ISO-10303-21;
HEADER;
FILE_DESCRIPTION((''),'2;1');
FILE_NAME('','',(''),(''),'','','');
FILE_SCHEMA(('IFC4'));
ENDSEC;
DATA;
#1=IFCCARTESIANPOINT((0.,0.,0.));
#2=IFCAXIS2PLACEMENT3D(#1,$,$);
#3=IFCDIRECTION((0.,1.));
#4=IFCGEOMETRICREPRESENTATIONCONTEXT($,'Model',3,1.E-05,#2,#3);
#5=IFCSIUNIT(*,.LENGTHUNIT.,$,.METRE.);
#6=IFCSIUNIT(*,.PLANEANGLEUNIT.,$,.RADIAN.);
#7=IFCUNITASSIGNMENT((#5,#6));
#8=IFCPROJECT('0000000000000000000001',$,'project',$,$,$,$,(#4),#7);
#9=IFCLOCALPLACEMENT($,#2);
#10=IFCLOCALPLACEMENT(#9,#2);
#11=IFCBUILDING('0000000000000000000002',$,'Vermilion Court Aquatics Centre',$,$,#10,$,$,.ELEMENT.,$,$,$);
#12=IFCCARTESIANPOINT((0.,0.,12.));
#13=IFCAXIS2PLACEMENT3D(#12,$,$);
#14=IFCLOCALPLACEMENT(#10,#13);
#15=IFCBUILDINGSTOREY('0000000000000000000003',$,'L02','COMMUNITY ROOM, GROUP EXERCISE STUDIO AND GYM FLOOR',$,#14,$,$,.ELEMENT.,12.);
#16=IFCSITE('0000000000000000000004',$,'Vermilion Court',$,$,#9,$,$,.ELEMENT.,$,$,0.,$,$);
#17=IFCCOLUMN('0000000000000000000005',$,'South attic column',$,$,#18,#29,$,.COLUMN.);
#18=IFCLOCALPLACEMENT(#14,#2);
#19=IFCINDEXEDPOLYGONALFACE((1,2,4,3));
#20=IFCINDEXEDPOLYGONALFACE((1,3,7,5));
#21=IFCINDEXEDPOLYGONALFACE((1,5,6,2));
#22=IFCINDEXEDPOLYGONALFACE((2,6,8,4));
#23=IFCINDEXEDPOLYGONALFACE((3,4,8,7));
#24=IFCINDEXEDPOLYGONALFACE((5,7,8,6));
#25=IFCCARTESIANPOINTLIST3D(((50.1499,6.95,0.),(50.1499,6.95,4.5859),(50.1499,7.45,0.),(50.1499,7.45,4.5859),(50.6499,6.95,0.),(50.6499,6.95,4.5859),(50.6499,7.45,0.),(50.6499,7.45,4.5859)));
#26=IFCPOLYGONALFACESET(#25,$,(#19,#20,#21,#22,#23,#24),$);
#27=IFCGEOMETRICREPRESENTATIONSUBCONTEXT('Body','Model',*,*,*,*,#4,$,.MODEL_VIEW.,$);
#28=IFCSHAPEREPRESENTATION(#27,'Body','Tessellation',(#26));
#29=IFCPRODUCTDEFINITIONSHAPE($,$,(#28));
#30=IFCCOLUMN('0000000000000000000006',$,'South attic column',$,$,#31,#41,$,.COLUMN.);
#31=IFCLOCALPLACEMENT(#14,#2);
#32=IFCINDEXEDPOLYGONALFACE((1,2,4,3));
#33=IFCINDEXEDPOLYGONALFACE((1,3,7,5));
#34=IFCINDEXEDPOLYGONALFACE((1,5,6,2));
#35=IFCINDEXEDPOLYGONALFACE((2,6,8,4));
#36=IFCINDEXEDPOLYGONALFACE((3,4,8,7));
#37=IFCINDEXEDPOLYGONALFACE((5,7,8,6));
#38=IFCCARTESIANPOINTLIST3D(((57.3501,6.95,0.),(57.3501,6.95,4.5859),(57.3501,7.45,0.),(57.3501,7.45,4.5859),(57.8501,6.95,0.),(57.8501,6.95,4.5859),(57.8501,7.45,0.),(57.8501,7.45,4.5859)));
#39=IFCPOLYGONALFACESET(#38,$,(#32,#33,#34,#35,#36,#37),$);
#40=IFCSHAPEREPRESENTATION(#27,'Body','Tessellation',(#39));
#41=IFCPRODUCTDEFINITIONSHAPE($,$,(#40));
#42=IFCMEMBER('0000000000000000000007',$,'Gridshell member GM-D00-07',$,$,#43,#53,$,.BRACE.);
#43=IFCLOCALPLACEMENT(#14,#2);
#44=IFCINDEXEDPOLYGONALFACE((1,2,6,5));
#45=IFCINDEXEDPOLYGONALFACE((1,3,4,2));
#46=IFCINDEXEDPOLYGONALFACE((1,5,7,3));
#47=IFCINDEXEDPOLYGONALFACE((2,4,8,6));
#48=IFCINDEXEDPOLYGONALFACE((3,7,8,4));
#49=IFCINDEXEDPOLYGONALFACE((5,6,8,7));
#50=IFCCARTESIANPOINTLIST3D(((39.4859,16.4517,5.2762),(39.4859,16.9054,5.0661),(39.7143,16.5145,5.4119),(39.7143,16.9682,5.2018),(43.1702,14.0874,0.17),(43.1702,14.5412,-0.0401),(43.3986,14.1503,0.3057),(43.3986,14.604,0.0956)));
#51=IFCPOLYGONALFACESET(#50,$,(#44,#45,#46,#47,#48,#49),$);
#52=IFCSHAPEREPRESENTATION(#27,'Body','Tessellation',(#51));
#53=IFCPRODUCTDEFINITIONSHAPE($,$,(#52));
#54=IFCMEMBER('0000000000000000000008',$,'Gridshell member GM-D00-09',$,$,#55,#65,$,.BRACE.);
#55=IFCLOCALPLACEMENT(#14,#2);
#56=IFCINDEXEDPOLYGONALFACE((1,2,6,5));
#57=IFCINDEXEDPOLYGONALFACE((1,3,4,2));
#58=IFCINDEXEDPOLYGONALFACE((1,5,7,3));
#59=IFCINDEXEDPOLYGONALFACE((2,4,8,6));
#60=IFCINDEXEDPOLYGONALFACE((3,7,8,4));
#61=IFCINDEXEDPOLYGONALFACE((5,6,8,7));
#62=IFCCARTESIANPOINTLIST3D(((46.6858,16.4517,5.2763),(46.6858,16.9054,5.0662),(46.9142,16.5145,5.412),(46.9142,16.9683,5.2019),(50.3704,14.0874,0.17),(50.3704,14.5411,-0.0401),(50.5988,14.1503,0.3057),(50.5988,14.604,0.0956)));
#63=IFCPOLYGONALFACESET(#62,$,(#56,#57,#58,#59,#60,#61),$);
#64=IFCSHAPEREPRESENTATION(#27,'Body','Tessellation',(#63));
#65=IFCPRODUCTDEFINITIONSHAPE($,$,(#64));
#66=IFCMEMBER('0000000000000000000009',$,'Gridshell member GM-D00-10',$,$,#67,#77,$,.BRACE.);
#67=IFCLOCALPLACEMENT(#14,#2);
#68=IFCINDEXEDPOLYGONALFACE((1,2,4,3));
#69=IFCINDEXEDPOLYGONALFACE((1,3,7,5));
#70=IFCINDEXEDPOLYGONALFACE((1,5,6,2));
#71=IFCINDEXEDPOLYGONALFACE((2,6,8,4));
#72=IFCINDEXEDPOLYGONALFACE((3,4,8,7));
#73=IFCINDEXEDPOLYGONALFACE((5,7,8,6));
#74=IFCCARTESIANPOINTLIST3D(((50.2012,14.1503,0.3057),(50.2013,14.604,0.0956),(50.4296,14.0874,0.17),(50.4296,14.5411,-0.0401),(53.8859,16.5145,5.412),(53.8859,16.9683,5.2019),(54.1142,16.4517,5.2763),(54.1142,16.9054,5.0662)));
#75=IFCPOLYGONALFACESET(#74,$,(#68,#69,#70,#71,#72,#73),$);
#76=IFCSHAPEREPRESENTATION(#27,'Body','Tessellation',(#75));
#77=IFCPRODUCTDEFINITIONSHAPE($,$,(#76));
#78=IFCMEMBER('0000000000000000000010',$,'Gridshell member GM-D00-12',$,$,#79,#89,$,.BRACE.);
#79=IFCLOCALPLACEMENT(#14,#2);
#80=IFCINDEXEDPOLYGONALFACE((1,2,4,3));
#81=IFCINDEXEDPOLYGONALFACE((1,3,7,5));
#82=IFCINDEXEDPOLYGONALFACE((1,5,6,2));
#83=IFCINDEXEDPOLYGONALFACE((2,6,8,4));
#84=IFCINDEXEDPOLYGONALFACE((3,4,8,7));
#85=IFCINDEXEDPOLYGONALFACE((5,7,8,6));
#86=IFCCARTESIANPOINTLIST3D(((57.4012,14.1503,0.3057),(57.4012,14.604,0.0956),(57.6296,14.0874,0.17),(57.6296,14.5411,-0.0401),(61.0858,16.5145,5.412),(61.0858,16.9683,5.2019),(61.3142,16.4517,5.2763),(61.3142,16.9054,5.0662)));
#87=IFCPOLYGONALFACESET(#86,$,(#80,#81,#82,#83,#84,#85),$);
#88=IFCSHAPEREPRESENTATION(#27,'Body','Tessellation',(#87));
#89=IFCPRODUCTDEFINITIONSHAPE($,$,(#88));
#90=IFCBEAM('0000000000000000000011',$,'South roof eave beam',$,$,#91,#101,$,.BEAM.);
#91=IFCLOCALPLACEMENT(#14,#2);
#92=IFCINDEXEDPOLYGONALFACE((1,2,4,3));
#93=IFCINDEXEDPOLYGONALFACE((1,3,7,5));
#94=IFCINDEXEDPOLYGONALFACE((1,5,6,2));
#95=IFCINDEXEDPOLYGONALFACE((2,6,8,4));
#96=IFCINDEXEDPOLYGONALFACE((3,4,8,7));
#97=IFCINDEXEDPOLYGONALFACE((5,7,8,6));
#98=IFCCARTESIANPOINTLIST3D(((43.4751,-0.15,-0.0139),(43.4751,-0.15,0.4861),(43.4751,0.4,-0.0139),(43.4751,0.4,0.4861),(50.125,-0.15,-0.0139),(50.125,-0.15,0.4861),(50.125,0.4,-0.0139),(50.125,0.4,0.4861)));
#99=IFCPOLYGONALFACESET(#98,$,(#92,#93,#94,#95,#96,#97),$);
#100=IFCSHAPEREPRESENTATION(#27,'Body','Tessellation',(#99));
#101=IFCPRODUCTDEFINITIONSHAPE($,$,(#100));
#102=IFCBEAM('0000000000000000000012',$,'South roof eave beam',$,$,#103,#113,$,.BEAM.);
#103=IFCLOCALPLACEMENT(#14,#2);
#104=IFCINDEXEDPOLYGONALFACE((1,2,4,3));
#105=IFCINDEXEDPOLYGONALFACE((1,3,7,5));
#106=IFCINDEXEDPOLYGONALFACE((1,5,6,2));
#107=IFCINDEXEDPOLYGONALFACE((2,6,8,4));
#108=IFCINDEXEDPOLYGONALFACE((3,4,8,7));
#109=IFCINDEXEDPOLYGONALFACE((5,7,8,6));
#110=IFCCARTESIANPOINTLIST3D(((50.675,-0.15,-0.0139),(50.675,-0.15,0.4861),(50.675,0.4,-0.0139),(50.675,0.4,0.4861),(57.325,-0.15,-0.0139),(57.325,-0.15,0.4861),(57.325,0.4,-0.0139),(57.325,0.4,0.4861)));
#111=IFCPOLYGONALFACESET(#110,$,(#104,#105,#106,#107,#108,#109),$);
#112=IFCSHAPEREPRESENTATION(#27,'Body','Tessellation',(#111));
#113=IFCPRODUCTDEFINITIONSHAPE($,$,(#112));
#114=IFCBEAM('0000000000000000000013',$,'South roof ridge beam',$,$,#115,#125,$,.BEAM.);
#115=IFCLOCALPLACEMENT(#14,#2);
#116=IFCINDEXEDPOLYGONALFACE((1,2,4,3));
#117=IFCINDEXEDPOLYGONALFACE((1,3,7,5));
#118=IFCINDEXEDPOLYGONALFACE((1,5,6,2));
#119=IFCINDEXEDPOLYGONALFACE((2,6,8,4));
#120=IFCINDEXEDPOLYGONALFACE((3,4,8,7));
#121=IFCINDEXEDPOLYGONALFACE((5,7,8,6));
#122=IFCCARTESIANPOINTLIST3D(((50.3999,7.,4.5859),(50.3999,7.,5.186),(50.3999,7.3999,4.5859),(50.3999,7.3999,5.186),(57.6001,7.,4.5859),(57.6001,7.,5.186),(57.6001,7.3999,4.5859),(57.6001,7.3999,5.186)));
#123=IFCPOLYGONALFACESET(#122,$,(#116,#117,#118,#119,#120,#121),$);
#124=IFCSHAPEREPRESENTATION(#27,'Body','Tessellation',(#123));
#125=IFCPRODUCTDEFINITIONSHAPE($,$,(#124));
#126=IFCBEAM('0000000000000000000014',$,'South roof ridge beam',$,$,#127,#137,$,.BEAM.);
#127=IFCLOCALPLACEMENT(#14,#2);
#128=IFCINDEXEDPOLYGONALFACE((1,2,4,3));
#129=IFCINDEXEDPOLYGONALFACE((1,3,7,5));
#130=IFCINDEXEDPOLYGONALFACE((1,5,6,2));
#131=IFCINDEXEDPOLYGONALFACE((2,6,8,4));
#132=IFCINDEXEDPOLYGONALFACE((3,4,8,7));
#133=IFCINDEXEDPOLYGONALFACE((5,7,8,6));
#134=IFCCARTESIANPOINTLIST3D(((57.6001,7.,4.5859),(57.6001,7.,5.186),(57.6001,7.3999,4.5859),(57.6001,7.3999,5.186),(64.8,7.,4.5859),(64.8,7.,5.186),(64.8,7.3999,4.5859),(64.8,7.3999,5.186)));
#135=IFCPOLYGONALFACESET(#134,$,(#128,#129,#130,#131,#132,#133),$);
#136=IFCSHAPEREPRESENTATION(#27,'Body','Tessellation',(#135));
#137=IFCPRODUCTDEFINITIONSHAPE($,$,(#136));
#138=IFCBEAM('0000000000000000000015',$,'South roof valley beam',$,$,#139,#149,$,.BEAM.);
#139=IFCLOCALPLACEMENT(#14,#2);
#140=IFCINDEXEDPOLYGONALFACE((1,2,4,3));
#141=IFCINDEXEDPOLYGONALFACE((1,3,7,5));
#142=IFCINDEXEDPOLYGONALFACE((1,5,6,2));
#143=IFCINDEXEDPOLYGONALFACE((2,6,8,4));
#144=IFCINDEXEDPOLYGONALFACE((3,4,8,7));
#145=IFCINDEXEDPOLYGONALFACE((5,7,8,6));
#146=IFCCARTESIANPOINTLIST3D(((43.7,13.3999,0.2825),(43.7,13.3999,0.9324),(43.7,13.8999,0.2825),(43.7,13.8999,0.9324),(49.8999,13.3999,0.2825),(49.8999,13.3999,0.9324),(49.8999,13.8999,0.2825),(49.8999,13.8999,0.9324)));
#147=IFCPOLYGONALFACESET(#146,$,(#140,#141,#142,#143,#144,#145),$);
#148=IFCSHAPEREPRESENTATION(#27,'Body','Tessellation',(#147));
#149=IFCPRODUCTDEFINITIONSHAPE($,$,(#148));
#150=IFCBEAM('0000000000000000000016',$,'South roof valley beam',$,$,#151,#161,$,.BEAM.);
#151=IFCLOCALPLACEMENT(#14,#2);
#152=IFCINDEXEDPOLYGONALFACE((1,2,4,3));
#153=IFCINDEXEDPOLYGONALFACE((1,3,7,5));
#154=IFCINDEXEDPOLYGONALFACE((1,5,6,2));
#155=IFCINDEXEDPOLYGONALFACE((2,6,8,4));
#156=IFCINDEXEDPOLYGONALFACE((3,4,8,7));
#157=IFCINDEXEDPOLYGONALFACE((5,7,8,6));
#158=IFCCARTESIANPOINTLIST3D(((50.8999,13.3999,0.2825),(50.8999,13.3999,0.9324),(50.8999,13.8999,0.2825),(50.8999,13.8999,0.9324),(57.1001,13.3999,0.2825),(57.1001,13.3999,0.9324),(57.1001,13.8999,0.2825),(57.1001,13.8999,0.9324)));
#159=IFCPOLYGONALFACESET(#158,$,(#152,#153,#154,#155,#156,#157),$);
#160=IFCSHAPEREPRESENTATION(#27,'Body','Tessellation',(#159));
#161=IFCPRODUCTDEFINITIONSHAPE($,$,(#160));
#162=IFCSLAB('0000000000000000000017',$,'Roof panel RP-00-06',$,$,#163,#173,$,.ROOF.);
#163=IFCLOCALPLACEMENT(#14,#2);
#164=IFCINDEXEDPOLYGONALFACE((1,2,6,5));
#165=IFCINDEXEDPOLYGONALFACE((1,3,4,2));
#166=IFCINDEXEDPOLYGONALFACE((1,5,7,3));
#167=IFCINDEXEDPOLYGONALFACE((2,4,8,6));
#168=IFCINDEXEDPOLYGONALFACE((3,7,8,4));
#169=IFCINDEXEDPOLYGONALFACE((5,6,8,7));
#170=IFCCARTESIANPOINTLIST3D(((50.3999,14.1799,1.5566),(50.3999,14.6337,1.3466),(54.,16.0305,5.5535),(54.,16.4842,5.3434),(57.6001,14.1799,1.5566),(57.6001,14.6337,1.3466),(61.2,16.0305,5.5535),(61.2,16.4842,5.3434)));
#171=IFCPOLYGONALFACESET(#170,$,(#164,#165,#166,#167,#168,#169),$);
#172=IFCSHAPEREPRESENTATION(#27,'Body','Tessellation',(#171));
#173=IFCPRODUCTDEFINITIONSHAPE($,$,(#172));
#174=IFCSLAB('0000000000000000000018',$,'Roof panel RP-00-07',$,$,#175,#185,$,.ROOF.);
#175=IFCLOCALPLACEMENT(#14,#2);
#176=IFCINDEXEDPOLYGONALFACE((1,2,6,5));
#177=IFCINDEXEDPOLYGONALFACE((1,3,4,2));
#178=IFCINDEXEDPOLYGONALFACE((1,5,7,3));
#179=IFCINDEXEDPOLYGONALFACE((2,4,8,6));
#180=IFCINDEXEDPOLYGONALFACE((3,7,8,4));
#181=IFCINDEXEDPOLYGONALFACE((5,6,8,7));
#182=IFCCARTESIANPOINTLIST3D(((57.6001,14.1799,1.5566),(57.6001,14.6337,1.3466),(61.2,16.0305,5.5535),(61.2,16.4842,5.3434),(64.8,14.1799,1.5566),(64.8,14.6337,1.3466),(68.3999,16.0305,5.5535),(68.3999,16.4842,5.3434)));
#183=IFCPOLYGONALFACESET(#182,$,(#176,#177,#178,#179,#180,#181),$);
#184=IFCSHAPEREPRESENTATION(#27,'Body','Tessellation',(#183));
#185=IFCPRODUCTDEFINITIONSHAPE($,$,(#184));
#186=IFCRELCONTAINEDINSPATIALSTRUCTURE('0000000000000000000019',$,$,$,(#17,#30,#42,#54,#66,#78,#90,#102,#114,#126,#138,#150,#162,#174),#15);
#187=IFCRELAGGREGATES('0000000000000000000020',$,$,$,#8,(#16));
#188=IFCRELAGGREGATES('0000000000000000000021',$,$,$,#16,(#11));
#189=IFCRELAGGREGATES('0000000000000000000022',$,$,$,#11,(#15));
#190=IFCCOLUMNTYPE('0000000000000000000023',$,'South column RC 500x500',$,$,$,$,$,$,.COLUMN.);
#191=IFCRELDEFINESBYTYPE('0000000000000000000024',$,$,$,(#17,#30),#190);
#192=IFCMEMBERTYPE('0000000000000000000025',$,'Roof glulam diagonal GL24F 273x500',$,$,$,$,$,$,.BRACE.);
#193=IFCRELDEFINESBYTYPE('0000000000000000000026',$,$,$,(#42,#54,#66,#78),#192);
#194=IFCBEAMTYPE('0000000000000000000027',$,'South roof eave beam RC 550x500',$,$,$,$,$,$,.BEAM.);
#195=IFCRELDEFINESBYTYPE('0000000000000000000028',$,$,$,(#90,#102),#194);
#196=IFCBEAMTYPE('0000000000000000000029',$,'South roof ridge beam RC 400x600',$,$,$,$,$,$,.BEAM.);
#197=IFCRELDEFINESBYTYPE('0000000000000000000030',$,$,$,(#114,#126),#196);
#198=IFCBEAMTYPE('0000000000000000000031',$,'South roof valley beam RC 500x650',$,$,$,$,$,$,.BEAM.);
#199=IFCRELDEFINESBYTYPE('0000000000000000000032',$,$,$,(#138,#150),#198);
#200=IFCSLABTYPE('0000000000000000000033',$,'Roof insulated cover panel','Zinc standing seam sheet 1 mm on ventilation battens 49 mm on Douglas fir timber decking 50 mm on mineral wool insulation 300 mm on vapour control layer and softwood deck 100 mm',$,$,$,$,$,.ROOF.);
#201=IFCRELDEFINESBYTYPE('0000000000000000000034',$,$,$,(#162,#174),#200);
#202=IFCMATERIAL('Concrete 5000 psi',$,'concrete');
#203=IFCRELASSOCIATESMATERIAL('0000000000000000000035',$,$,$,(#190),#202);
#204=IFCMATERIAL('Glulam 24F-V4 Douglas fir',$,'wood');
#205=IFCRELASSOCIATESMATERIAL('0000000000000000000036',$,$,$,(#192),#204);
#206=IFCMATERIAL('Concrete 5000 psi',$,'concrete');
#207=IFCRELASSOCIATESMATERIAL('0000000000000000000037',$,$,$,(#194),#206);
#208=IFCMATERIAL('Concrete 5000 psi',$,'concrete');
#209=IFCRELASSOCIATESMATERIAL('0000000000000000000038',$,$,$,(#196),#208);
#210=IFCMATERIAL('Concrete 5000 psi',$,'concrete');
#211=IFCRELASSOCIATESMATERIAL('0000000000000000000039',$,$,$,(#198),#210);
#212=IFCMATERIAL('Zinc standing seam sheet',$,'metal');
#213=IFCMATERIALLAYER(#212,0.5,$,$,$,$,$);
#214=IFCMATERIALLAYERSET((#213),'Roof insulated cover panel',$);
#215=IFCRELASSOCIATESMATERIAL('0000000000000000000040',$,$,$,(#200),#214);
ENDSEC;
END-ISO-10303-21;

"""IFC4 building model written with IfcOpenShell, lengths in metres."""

from ifc_helpers import new_model, si_unit, direction, frame, origin, origin_2d, place, context, subcontext, project, spatial, polyline, rectangle, outline, extrude, material, layer, layer_set, material_profile, profile_set, type_object, element, save


model = new_model("IFC4")

# Units and contexts
model_context = context("Model", 3, precision=1e-05, world=origin(), true_north=direction((0.0, 1.0)))
body_context = subcontext(model_context, "Body", "Model", "MODEL_VIEW")
ifc_project = project(units=[si_unit("LENGTHUNIT", "METRE"), si_unit("PLANEANGLEUNIT", "RADIAN")], contexts=[model_context])

# Site, building, storey
site_placement = place(None, origin())
site = spatial("IfcSite", under=ifc_project, at=site_placement, Name="Vermilion Court", CompositionType="ELEMENT", RefElevation=0.0)
building_placement = place(site_placement, origin())
building = spatial("IfcBuilding", under=site, at=building_placement, Name="Vermilion Court Aquatics Centre", CompositionType="ELEMENT")
storey_placement = place(building_placement, frame((0.0, 0.0, 12.0)))
storey = spatial("IfcBuildingStorey", under=building, at=storey_placement, Name="L02", Description="COMMUNITY ROOM, GROUP EXERCISE STUDIO AND GYM FLOOR", CompositionType="ELEMENT", Elevation=12.0)

# Columns
ifc_material_1 = material(Name="Concrete 5000 psi", Category="concrete")
ifc_material_profile_1 = material_profile(ifc_material_1, rectangle(XDim=0.5, YDim=0.5, at=origin_2d()), Name="RC 500x500")
ifc_profile_set_1 = profile_set([ifc_material_profile_1], Name="Concrete 5000 psi")
column_type = type_object("IfcColumnType", Name="South column RC 500x500", PredefinedType="COLUMN", material=ifc_profile_set_1)
for number, where, z_axis, x_axis, name in (
    (1, (50.3999, 7.2, 0.0), (0.0, 0.0, 1.0), (1.0, 0.0, 0.0), "South attic column"),
    (2, (57.6001, 7.2, 0.0), (0.0, 0.0, 1.0), (1.0, 0.0, 0.0), "South attic column"),
):
    element("IfcColumn", number, at=place(storey_placement, frame(where, z_axis=z_axis, x_axis=x_axis)), inside=storey, type_object=column_type, Name=name, PredefinedType="COLUMN", context=body_context, shape_type="SweptSolid", body=[
        extrude(rectangle(XDim=0.5, YDim=0.5, at=origin_2d()), origin(), (0.0, 0.0, 1.0), 4.5859),
    ])

# Members
ifc_material_2 = material(Name="Glulam 24F-V4 Douglas fir", Category="wood")
ifc_material_profile_2 = material_profile(ifc_material_2, rectangle(XDim=0.2729, YDim=0.5, at=origin_2d()), Name="GL24F 273x500")
ifc_profile_set_2 = profile_set([ifc_material_profile_2], Name="Glulam 24F-V4 Douglas fir")
member_type = type_object("IfcMemberType", Name="Roof glulam diagonal GL24F 273x500", PredefinedType="BRACE", material=ifc_profile_set_2)
member_placement = place(storey_placement, frame((43.2844, 14.3457, 0.1328), z_axis=(-0.547785, 0.351517, 0.759189), x_axis=(-0.836619, -0.230161, -0.497085)))
element("IfcMember", 3, at=member_placement, inside=storey, type_object=member_type, Name="Gridshell member GM-D00-07", PredefinedType="BRACE", context=body_context, shape_type="SweptSolid", body=[
    extrude(rectangle(XDim=0.2729, YDim=0.5, at=origin_2d()), origin(), (0.0, 0.0, 1.0), 6.7258),
])
for number, where, z_axis, x_axis, name in (
    (4, (50.4846, 14.3457, 0.1328), (-0.54781, 0.35151, 0.759174), (-0.836603, -0.230193, -0.497099), "Gridshell member GM-D00-09"),
    (5, (50.3154, 14.3457, 0.1328), (0.54781, 0.35151, 0.759174), (-0.836603, 0.230193, 0.497099), "Gridshell member GM-D00-10"),
    (6, (57.5154, 14.3457, 0.1328), (0.54781, 0.35151, 0.759174), (-0.836603, 0.230193, 0.497099), "Gridshell member GM-D00-12"),
):
    element("IfcMember", number, at=place(storey_placement, frame(where, z_axis=z_axis, x_axis=x_axis)), inside=storey, type_object=member_type, Name=name, PredefinedType="BRACE", context=body_context, shape_type="SweptSolid", body=[
        extrude(rectangle(XDim=0.2729, YDim=0.5, at=origin_2d()), origin(), (0.0, 0.0, 1.0), 6.7261),
    ])

# Beams
ifc_material_3 = material(Name="Concrete 5000 psi", Category="concrete")
ifc_material_profile_3 = material_profile(ifc_material_3, rectangle(XDim=0.55, YDim=0.5, at=origin_2d()), Name="RC 550x500")
ifc_profile_set_3 = profile_set([ifc_material_profile_3], Name="Concrete 5000 psi")
beam_type_1 = type_object("IfcBeamType", Name="South roof eave beam RC 550x500", PredefinedType="BEAM", material=ifc_profile_set_3)
for number, where, z_axis, x_axis, name in (
    (7, (43.4751, 0.125, 0.2361), (1.0, 0.0, 0.0), (0.0, 1.0, 0.0), "South roof eave beam"),
    (8, (50.675, 0.125, 0.2361), (1.0, 0.0, 0.0), (0.0, 1.0, 0.0), "South roof eave beam"),
):
    element("IfcBeam", number, at=place(storey_placement, frame(where, z_axis=z_axis, x_axis=x_axis)), inside=storey, type_object=beam_type_1, Name=name, PredefinedType="BEAM", context=body_context, shape_type="SweptSolid", body=[
        extrude(rectangle(XDim=0.55, YDim=0.5, at=origin_2d()), origin(), (0.0, 0.0, 1.0), 6.6499),
    ])
ifc_material_4 = material(Name="Concrete 5000 psi", Category="concrete")
ifc_material_profile_4 = material_profile(ifc_material_4, rectangle(XDim=0.3999, YDim=0.6001, at=origin_2d()), Name="RC 400x600")
ifc_profile_set_4 = profile_set([ifc_material_profile_4], Name="Concrete 5000 psi")
beam_type_2 = type_object("IfcBeamType", Name="South roof ridge beam RC 400x600", PredefinedType="BEAM", material=ifc_profile_set_4)
beam_1_placement = place(storey_placement, frame((50.3999, 7.2, 4.886), z_axis=(1.0, 0.0, 0.0), x_axis=(0.0, 1.0, 0.0)))
element("IfcBeam", 9, at=beam_1_placement, inside=storey, type_object=beam_type_2, Name="South roof ridge beam", PredefinedType="BEAM", context=body_context, shape_type="SweptSolid", body=[
    extrude(rectangle(XDim=0.3999, YDim=0.6001, at=origin_2d()), origin(), (0.0, 0.0, 1.0), 7.2002),
])
beam_2_placement = place(storey_placement, frame((57.6001, 7.2, 4.886), z_axis=(1.0, 0.0, 0.0), x_axis=(0.0, 1.0, 0.0)))
element("IfcBeam", 10, at=beam_2_placement, inside=storey, type_object=beam_type_2, Name="South roof ridge beam", PredefinedType="BEAM", context=body_context, shape_type="SweptSolid", body=[
    extrude(rectangle(XDim=0.3999, YDim=0.6001, at=origin_2d()), origin(), (0.0, 0.0, 1.0), 7.2),
])
ifc_material_5 = material(Name="Concrete 5000 psi", Category="concrete")
ifc_material_profile_5 = material_profile(ifc_material_5, rectangle(XDim=0.5, YDim=0.6499, at=origin_2d()), Name="RC 500x650")
ifc_profile_set_5 = profile_set([ifc_material_profile_5], Name="Concrete 5000 psi")
beam_type_3 = type_object("IfcBeamType", Name="South roof valley beam RC 500x650", PredefinedType="BEAM", material=ifc_profile_set_5)
beam_3_placement = place(storey_placement, frame((43.7, 13.6499, 0.6074), z_axis=(1.0, 0.0, 0.0), x_axis=(0.0, 1.0, 0.0)))
element("IfcBeam", 11, at=beam_3_placement, inside=storey, type_object=beam_type_3, Name="South roof valley beam", PredefinedType="BEAM", context=body_context, shape_type="SweptSolid", body=[
    extrude(rectangle(XDim=0.5, YDim=0.6499, at=origin_2d()), origin(), (0.0, 0.0, 1.0), 6.2),
])
beam_4_placement = place(storey_placement, frame((50.8999, 13.6499, 0.6074), z_axis=(1.0, 0.0, 0.0), x_axis=(0.0, 1.0, 0.0)))
element("IfcBeam", 12, at=beam_4_placement, inside=storey, type_object=beam_type_3, Name="South roof valley beam", PredefinedType="BEAM", context=body_context, shape_type="SweptSolid", body=[
    extrude(rectangle(XDim=0.5, YDim=0.6499, at=origin_2d()), origin(), (0.0, 0.0, 1.0), 6.2002),
])

# Slabs
ifc_material_6 = material(Name="Zinc standing seam sheet", Category="metal")
ifc_layer_1 = layer(ifc_material_6, 0.5)
ifc_layer_set_1 = layer_set([ifc_layer_1], Name="Roof insulated cover panel")
slab_type_1 = type_object("IfcSlabType", Name="Roof insulated cover panel", Description="Zinc standing seam sheet 1 mm on ventilation battens 49 mm on Douglas fir timber decking 50 mm on mineral wool insulation 300 mm on vapour control layer and softwood deck 100 mm", PredefinedType="ROOF", material=ifc_layer_set_1)
slab_1_placement = place(storey_placement, frame((50.3999, 14.1799, 1.5566), z_axis=(0.0, -0.907449, 0.420162), x_axis=(1.0, 0.0, 0.0)))
element("IfcSlab", 13, at=slab_1_placement, inside=storey, type_object=slab_type_1, Name="Roof panel RP-00-06", PredefinedType="ROOF", context=body_context, shape_type="SweptSolid", body=[
    extrude(outline(polyline([(0.0, 0.0), (7.2002, 0.0), (10.8, 4.4045), (3.6001, 4.4045), (0.0, 0.0)])), origin(), (0.0, 0.0, -1.0), 0.5),
])
slab_2_placement = place(storey_placement, frame((57.6001, 14.1799, 1.5566), z_axis=(0.0, -0.907449, 0.420162), x_axis=(1.0, 0.0, 0.0)))
element("IfcSlab", 14, at=slab_2_placement, inside=storey, type_object=slab_type_1, Name="Roof panel RP-00-07", PredefinedType="ROOF", context=body_context, shape_type="SweptSolid", body=[
    extrude(outline(polyline([(0.0, 0.0), (7.2, 0.0), (10.7998, 4.4045), (3.5999, 4.4045), (0.0, 0.0)])), origin(), (0.0, 0.0, -1.0), 0.5),
])

save(model, "model.ifc")
